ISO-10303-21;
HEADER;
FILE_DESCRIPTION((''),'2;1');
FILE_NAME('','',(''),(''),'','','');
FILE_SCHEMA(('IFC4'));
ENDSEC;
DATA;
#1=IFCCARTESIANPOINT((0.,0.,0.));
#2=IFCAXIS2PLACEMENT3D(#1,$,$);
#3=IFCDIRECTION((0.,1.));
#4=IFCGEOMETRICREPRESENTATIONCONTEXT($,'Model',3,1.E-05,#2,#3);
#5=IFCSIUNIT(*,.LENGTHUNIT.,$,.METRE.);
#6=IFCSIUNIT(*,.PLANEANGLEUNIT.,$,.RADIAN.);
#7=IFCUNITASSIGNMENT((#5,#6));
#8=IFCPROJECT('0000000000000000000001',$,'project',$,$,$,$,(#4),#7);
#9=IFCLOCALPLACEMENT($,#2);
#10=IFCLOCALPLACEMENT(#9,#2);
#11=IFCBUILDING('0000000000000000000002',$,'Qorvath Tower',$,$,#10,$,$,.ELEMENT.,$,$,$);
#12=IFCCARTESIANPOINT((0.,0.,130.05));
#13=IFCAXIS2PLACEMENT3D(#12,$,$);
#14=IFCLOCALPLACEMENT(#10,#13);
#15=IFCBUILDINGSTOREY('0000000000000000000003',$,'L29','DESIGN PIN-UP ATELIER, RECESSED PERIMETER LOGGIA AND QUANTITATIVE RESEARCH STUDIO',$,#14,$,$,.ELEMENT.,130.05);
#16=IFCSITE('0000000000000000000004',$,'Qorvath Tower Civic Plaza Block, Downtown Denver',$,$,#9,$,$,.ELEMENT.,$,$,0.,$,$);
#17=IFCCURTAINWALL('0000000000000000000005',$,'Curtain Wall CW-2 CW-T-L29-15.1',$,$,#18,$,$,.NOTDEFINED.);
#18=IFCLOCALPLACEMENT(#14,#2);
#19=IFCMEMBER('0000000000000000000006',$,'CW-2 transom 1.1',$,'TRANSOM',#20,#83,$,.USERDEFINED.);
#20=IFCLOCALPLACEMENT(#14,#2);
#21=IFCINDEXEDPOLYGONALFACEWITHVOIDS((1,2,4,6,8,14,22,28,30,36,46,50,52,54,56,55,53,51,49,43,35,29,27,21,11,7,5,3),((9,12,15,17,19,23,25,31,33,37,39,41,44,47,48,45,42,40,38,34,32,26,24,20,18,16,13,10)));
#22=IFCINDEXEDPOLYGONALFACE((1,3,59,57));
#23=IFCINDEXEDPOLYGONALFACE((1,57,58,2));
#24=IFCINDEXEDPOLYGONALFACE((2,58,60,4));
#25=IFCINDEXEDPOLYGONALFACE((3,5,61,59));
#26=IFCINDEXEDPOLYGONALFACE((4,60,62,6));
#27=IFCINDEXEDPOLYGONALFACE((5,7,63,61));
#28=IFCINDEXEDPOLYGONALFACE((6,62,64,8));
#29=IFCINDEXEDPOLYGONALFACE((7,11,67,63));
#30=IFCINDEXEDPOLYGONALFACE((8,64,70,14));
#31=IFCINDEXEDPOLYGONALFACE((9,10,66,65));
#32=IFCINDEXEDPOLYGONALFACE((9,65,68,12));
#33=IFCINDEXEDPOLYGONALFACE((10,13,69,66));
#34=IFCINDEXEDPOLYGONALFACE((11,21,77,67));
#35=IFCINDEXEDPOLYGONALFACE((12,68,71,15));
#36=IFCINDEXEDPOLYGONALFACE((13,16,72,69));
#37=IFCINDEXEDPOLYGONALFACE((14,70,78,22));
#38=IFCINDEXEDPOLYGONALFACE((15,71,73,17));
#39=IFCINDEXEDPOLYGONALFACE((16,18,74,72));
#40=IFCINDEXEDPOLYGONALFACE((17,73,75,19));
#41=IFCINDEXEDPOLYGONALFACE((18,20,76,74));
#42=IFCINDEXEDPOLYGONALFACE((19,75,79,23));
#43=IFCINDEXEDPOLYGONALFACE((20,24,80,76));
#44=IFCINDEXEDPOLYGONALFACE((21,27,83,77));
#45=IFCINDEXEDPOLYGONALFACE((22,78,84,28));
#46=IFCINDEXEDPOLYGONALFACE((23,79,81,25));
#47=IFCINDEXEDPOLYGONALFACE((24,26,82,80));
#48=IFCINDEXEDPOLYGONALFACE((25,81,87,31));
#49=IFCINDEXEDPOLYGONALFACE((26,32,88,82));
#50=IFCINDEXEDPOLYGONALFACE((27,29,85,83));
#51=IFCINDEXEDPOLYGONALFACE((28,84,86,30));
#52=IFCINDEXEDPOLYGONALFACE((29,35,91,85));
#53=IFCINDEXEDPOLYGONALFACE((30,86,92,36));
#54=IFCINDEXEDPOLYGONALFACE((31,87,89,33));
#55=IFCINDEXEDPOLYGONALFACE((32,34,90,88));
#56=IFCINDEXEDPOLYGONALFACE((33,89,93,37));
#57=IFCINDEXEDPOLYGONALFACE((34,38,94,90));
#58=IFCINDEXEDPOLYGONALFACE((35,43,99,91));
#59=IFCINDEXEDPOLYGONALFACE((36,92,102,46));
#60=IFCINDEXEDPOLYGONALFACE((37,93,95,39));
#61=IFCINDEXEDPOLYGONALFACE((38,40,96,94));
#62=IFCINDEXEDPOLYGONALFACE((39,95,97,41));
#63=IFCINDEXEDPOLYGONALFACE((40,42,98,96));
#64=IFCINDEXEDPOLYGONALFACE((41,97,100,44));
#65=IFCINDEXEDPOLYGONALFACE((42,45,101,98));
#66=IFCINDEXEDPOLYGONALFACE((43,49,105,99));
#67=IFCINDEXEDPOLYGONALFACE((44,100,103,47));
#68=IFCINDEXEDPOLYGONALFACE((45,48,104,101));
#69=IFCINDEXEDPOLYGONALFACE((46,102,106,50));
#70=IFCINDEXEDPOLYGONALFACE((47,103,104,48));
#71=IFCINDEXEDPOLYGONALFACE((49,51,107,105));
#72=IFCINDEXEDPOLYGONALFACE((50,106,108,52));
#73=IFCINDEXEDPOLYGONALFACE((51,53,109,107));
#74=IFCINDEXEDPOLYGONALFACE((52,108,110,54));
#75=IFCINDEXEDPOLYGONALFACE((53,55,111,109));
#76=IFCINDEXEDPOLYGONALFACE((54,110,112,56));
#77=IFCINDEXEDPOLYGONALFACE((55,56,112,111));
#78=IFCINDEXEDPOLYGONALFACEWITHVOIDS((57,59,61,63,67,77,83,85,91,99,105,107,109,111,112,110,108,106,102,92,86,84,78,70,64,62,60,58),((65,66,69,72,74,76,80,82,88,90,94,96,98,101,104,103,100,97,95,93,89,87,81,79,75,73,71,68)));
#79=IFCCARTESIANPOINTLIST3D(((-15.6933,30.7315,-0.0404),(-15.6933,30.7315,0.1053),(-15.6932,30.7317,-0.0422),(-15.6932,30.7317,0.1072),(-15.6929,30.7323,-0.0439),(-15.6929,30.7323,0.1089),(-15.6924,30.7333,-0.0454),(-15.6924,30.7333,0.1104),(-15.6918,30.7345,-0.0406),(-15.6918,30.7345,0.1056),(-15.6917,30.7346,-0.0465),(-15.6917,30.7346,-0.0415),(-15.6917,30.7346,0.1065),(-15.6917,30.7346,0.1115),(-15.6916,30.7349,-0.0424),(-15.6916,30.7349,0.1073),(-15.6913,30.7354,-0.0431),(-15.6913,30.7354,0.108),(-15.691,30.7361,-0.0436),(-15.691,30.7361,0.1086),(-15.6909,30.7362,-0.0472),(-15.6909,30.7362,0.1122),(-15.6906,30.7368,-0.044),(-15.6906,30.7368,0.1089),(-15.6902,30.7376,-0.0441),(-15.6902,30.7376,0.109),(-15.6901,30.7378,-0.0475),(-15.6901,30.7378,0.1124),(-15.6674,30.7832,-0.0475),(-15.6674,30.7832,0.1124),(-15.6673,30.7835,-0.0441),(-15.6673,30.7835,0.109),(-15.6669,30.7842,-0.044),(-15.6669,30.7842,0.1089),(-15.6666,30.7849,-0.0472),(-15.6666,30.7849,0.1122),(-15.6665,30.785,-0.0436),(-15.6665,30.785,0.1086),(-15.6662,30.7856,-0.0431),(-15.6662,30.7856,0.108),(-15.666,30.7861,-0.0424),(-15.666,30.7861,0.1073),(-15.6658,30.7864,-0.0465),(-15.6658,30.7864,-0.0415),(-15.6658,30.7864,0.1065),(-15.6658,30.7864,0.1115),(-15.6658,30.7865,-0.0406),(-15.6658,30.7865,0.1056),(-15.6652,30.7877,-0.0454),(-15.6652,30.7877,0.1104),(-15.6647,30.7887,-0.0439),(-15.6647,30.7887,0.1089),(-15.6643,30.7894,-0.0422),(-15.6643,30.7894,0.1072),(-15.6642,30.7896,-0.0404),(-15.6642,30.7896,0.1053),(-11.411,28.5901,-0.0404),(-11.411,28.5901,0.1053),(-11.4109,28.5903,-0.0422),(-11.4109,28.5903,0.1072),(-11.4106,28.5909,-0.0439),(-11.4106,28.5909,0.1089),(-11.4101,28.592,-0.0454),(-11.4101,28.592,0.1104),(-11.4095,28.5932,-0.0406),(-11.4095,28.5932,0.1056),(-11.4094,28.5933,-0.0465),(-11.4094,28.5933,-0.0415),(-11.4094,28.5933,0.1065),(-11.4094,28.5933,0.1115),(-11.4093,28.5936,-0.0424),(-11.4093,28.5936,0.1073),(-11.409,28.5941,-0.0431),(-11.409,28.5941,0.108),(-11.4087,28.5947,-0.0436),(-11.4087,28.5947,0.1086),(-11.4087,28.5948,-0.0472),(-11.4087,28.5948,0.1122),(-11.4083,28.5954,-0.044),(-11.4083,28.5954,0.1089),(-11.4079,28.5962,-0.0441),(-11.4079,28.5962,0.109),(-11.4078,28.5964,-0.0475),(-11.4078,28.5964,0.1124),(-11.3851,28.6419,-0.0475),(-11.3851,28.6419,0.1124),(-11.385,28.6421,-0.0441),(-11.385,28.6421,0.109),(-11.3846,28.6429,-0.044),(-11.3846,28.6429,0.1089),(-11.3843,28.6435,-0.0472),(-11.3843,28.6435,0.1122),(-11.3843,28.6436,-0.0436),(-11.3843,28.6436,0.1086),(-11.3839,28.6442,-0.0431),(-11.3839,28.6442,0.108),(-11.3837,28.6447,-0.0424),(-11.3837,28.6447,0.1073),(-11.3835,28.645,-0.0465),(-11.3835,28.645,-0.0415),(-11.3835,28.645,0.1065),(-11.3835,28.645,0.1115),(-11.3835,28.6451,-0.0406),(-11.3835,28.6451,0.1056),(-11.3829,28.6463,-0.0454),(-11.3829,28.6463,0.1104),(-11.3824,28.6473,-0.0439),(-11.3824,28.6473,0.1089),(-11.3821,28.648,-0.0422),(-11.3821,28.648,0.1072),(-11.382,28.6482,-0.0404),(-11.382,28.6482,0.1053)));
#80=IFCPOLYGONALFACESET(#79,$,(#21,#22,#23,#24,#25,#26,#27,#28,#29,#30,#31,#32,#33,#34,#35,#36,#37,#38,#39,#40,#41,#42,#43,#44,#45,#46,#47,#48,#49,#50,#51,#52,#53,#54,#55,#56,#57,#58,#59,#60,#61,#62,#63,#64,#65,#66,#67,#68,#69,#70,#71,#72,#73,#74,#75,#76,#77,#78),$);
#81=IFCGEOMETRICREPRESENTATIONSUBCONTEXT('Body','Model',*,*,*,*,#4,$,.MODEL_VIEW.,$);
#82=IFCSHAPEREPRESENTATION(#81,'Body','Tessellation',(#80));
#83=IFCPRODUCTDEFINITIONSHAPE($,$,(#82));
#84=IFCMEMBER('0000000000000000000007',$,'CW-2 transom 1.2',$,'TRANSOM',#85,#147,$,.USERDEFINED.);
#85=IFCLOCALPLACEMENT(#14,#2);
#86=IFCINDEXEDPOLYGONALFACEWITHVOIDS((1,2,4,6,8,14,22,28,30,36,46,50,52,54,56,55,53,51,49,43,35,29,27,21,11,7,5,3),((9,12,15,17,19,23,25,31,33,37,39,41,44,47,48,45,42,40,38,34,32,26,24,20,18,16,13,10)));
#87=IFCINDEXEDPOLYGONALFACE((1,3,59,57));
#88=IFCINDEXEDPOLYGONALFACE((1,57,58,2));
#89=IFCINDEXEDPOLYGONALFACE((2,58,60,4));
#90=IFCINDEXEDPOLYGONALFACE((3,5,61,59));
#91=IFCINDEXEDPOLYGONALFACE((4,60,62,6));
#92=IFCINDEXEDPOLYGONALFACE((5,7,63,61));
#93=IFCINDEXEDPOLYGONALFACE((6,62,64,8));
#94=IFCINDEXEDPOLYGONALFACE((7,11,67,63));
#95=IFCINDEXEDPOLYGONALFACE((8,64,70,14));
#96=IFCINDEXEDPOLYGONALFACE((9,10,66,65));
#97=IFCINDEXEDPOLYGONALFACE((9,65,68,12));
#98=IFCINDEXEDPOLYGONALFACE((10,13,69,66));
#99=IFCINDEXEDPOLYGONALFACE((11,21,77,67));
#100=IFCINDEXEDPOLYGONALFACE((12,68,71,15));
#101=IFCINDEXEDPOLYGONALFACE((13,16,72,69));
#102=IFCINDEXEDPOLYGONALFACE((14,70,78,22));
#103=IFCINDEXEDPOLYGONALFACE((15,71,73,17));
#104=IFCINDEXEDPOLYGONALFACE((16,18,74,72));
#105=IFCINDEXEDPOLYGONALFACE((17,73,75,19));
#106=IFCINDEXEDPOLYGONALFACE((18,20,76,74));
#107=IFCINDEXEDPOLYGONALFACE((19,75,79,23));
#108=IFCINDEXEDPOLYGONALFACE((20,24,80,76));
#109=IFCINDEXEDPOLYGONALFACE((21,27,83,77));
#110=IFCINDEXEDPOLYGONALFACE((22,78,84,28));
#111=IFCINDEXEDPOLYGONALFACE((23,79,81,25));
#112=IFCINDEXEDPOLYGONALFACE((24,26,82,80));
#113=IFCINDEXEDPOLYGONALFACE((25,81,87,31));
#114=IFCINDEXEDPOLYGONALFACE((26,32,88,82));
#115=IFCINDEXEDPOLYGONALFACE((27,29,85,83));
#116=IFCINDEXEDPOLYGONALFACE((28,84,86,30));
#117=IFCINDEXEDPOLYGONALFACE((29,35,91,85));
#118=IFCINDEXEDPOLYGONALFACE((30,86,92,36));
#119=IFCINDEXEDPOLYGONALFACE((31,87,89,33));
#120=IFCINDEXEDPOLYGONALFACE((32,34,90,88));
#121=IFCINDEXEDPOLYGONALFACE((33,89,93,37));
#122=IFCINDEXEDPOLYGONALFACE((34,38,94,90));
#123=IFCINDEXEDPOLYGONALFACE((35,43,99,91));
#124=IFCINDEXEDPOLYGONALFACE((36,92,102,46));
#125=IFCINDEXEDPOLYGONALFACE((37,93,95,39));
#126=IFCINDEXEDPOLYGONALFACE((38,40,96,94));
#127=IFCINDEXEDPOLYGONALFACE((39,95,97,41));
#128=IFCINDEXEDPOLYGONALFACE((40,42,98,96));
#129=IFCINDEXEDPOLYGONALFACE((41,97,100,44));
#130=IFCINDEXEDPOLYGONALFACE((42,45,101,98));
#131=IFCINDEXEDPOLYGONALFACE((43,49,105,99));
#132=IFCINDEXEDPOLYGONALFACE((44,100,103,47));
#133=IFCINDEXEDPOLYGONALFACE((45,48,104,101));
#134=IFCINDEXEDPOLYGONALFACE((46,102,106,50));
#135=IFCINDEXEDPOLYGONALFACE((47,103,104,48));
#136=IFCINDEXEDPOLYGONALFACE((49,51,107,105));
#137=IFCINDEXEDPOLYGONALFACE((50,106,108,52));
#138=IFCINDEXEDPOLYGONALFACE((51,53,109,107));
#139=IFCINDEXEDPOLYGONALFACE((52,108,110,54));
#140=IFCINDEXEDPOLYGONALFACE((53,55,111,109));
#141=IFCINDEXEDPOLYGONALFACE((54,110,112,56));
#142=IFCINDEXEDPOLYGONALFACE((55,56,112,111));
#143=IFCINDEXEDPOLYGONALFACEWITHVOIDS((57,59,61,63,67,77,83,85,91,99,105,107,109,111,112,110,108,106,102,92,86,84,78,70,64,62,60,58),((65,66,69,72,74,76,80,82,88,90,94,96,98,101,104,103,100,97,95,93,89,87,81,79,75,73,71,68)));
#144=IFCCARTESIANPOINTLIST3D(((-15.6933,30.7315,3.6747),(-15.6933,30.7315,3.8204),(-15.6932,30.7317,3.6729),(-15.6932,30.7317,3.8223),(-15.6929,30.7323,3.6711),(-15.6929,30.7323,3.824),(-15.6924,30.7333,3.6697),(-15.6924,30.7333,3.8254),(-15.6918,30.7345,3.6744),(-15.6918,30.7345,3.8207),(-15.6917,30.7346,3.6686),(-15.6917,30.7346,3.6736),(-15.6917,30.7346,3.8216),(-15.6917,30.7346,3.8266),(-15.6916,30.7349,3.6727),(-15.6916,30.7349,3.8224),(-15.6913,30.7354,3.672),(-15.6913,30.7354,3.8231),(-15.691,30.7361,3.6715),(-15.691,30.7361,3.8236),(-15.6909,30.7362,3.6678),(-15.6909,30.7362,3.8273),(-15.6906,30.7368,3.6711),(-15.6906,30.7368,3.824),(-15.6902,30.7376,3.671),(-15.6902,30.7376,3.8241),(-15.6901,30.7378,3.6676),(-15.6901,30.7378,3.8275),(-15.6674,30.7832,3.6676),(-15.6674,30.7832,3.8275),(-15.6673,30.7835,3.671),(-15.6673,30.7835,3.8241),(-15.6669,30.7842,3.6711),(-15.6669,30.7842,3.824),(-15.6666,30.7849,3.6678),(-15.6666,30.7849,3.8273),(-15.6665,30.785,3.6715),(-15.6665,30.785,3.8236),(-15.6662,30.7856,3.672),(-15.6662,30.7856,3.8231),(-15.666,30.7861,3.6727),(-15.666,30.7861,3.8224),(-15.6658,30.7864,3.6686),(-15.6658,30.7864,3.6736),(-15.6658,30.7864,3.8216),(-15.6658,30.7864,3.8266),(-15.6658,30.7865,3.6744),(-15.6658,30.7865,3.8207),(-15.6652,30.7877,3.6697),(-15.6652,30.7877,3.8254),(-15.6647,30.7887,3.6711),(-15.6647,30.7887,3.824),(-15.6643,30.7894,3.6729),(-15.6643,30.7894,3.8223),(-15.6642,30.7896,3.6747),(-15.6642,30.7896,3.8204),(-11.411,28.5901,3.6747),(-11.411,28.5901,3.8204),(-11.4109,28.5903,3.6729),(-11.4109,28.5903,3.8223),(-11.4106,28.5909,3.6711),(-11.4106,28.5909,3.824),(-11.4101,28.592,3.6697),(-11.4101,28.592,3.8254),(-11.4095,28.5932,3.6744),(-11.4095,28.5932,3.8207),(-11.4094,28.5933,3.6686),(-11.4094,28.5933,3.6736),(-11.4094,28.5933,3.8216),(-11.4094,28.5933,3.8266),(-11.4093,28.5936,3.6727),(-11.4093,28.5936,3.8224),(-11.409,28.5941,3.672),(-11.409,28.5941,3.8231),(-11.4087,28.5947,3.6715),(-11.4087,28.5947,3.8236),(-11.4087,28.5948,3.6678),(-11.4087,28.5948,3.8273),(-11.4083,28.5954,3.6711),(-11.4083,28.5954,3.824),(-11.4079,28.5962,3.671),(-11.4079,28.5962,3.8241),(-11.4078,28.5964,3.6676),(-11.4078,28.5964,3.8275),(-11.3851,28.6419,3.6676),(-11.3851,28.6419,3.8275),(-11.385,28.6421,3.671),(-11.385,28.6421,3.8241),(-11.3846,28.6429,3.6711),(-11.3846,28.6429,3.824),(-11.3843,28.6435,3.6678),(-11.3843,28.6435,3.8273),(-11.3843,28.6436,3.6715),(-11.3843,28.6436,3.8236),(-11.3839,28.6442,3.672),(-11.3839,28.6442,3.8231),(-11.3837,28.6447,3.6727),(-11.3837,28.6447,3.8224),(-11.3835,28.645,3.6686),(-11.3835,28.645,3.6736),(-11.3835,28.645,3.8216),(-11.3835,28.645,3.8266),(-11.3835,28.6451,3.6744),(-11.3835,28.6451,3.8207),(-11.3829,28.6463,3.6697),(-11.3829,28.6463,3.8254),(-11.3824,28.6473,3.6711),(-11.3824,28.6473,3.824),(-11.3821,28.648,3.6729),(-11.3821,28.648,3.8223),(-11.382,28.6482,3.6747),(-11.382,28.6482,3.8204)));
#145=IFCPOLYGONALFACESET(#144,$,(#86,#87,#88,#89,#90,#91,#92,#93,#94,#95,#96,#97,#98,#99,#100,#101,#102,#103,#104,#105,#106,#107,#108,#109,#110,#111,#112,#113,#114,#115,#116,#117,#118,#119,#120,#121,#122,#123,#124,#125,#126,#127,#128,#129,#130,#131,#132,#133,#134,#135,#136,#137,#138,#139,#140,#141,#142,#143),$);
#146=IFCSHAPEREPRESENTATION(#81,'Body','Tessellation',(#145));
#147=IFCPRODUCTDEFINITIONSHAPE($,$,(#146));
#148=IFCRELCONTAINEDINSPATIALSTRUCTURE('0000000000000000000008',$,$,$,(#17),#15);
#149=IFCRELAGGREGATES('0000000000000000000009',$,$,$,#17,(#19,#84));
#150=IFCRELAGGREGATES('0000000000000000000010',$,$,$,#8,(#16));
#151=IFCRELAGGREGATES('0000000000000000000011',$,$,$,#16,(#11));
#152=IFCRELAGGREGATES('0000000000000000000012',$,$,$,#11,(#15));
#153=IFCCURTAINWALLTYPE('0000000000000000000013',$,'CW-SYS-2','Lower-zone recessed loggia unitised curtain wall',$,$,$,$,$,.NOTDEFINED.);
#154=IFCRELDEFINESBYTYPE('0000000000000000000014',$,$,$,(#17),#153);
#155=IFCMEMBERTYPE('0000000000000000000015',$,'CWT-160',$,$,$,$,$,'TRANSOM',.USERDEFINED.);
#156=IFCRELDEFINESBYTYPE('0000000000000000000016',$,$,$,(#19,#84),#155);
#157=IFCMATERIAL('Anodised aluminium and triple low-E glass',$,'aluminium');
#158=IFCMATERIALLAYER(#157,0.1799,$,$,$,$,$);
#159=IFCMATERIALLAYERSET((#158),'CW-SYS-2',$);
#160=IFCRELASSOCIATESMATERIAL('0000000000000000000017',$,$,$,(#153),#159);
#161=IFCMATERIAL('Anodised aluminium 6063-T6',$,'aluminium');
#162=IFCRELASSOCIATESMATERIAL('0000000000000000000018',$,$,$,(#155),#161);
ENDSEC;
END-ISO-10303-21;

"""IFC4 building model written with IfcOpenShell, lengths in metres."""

from ifc_helpers import new_model, si_unit, direction, frame, origin, origin_2d, place, context, subcontext, project, spatial, hollow_rectangle, extrude, material, layer, layer_set, material_profile, profile_set, type_object, element, aggregate, save


model = new_model("IFC4")

# Units and contexts
model_context = context("Model", 3, precision=1e-05, world=origin(), true_north=direction((0.0, 1.0)))
body_context = subcontext(model_context, "Body", "Model", "MODEL_VIEW")
ifc_project = project(units=[si_unit("LENGTHUNIT", "METRE"), si_unit("PLANEANGLEUNIT", "RADIAN")], contexts=[model_context])

# Site, building, storey
site_placement = place(None, origin())
site = spatial("IfcSite", under=ifc_project, at=site_placement, Name="Qorvath Tower Civic Plaza Block, Downtown Denver", CompositionType="ELEMENT", RefElevation=0.0)
building_placement = place(site_placement, origin())
building = spatial("IfcBuilding", under=site, at=building_placement, Name="Qorvath Tower", CompositionType="ELEMENT")
storey_placement = place(building_placement, frame((0.0, 0.0, 130.05)))
storey = spatial("IfcBuildingStorey", under=building, at=storey_placement, Name="L29", Description="DESIGN PIN-UP ATELIER, RECESSED PERIMETER LOGGIA AND QUANTITATIVE RESEARCH STUDIO", CompositionType="ELEMENT", Elevation=130.05)

# Shared definitions
ifc_material_1 = material(Name="Anodised aluminium and triple low-E glass", Category="aluminium")
ifc_layer_1 = layer(ifc_material_1, 0.1799)
ifc_layer_set_1 = layer_set([ifc_layer_1], Name="CW-SYS-2")
curtain_wall_type = type_object("IfcCurtainWallType", Name="CW-SYS-2", Description="Lower-zone recessed loggia unitised curtain wall", PredefinedType="NOTDEFINED", material=ifc_layer_set_1)

# Curtain wall
curtain_wall_1_placement = place(storey_placement, origin())
curtain_wall_1 = element("IfcCurtainWall", 1, at=curtain_wall_1_placement, inside=storey, type_object=curtain_wall_type, Name="Curtain Wall CW-2 CW-T-L29-15.1", PredefinedType="NOTDEFINED")

# Members
ifc_material_2 = material(Name="Anodised aluminium 6063-T6", Category="aluminium")
ifc_material_profile_1 = material_profile(ifc_material_2, hollow_rectangle(XDim=0.0649, YDim=0.1599, WallThickness=0.0034, InnerFilletRadius=0.0034, OuterFilletRadius=0.0071, at=origin_2d()), Name="CWT 160x65")
ifc_profile_set_1 = profile_set([ifc_material_profile_1], Name="Anodised aluminium 6063-T6")
member_type_1 = type_object("IfcMemberType", Name="CWT-160", ElementType="TRANSOM", PredefinedType="USERDEFINED", material=ifc_profile_set_1)
member_1_placement = place(storey_placement, frame((-11.3965, 28.6191, 0.0325), z_axis=(-0.894407, 0.447254, 0.0), x_axis=(-0.447254, -0.894407, 0.0)))
member_1 = element("IfcMember", 2, at=member_1_placement, type_object=member_type_1, Name="CW-2 transom 1.1", ObjectType="TRANSOM", PredefinedType="USERDEFINED", context=body_context, shape_type="SweptSolid", body=[
    extrude(hollow_rectangle(XDim=0.0649, YDim=0.1599, WallThickness=0.0034, InnerFilletRadius=0.0034, OuterFilletRadius=0.0071, at=origin_2d()), origin(), (0.0, 0.0, 1.0), 4.7878),
])
member_2_placement = place(storey_placement, frame((-11.3965, 28.6191, 3.7476), z_axis=(-0.894407, 0.447254, 0.0), x_axis=(-0.447254, -0.894407, 0.0)))
member_2 = element("IfcMember", 3, at=member_2_placement, type_object=member_type_1, Name="CW-2 transom 1.2", ObjectType="TRANSOM", PredefinedType="USERDEFINED", context=body_context, shape_type="SweptSolid", body=[
    extrude(hollow_rectangle(XDim=0.0649, YDim=0.1599, WallThickness=0.0034, InnerFilletRadius=0.0034, OuterFilletRadius=0.0071, at=origin_2d()), origin(), (0.0, 0.0, 1.0), 4.7878),
])

aggregate(curtain_wall_1, [member_1, member_2])

save(model, "model.ifc")
